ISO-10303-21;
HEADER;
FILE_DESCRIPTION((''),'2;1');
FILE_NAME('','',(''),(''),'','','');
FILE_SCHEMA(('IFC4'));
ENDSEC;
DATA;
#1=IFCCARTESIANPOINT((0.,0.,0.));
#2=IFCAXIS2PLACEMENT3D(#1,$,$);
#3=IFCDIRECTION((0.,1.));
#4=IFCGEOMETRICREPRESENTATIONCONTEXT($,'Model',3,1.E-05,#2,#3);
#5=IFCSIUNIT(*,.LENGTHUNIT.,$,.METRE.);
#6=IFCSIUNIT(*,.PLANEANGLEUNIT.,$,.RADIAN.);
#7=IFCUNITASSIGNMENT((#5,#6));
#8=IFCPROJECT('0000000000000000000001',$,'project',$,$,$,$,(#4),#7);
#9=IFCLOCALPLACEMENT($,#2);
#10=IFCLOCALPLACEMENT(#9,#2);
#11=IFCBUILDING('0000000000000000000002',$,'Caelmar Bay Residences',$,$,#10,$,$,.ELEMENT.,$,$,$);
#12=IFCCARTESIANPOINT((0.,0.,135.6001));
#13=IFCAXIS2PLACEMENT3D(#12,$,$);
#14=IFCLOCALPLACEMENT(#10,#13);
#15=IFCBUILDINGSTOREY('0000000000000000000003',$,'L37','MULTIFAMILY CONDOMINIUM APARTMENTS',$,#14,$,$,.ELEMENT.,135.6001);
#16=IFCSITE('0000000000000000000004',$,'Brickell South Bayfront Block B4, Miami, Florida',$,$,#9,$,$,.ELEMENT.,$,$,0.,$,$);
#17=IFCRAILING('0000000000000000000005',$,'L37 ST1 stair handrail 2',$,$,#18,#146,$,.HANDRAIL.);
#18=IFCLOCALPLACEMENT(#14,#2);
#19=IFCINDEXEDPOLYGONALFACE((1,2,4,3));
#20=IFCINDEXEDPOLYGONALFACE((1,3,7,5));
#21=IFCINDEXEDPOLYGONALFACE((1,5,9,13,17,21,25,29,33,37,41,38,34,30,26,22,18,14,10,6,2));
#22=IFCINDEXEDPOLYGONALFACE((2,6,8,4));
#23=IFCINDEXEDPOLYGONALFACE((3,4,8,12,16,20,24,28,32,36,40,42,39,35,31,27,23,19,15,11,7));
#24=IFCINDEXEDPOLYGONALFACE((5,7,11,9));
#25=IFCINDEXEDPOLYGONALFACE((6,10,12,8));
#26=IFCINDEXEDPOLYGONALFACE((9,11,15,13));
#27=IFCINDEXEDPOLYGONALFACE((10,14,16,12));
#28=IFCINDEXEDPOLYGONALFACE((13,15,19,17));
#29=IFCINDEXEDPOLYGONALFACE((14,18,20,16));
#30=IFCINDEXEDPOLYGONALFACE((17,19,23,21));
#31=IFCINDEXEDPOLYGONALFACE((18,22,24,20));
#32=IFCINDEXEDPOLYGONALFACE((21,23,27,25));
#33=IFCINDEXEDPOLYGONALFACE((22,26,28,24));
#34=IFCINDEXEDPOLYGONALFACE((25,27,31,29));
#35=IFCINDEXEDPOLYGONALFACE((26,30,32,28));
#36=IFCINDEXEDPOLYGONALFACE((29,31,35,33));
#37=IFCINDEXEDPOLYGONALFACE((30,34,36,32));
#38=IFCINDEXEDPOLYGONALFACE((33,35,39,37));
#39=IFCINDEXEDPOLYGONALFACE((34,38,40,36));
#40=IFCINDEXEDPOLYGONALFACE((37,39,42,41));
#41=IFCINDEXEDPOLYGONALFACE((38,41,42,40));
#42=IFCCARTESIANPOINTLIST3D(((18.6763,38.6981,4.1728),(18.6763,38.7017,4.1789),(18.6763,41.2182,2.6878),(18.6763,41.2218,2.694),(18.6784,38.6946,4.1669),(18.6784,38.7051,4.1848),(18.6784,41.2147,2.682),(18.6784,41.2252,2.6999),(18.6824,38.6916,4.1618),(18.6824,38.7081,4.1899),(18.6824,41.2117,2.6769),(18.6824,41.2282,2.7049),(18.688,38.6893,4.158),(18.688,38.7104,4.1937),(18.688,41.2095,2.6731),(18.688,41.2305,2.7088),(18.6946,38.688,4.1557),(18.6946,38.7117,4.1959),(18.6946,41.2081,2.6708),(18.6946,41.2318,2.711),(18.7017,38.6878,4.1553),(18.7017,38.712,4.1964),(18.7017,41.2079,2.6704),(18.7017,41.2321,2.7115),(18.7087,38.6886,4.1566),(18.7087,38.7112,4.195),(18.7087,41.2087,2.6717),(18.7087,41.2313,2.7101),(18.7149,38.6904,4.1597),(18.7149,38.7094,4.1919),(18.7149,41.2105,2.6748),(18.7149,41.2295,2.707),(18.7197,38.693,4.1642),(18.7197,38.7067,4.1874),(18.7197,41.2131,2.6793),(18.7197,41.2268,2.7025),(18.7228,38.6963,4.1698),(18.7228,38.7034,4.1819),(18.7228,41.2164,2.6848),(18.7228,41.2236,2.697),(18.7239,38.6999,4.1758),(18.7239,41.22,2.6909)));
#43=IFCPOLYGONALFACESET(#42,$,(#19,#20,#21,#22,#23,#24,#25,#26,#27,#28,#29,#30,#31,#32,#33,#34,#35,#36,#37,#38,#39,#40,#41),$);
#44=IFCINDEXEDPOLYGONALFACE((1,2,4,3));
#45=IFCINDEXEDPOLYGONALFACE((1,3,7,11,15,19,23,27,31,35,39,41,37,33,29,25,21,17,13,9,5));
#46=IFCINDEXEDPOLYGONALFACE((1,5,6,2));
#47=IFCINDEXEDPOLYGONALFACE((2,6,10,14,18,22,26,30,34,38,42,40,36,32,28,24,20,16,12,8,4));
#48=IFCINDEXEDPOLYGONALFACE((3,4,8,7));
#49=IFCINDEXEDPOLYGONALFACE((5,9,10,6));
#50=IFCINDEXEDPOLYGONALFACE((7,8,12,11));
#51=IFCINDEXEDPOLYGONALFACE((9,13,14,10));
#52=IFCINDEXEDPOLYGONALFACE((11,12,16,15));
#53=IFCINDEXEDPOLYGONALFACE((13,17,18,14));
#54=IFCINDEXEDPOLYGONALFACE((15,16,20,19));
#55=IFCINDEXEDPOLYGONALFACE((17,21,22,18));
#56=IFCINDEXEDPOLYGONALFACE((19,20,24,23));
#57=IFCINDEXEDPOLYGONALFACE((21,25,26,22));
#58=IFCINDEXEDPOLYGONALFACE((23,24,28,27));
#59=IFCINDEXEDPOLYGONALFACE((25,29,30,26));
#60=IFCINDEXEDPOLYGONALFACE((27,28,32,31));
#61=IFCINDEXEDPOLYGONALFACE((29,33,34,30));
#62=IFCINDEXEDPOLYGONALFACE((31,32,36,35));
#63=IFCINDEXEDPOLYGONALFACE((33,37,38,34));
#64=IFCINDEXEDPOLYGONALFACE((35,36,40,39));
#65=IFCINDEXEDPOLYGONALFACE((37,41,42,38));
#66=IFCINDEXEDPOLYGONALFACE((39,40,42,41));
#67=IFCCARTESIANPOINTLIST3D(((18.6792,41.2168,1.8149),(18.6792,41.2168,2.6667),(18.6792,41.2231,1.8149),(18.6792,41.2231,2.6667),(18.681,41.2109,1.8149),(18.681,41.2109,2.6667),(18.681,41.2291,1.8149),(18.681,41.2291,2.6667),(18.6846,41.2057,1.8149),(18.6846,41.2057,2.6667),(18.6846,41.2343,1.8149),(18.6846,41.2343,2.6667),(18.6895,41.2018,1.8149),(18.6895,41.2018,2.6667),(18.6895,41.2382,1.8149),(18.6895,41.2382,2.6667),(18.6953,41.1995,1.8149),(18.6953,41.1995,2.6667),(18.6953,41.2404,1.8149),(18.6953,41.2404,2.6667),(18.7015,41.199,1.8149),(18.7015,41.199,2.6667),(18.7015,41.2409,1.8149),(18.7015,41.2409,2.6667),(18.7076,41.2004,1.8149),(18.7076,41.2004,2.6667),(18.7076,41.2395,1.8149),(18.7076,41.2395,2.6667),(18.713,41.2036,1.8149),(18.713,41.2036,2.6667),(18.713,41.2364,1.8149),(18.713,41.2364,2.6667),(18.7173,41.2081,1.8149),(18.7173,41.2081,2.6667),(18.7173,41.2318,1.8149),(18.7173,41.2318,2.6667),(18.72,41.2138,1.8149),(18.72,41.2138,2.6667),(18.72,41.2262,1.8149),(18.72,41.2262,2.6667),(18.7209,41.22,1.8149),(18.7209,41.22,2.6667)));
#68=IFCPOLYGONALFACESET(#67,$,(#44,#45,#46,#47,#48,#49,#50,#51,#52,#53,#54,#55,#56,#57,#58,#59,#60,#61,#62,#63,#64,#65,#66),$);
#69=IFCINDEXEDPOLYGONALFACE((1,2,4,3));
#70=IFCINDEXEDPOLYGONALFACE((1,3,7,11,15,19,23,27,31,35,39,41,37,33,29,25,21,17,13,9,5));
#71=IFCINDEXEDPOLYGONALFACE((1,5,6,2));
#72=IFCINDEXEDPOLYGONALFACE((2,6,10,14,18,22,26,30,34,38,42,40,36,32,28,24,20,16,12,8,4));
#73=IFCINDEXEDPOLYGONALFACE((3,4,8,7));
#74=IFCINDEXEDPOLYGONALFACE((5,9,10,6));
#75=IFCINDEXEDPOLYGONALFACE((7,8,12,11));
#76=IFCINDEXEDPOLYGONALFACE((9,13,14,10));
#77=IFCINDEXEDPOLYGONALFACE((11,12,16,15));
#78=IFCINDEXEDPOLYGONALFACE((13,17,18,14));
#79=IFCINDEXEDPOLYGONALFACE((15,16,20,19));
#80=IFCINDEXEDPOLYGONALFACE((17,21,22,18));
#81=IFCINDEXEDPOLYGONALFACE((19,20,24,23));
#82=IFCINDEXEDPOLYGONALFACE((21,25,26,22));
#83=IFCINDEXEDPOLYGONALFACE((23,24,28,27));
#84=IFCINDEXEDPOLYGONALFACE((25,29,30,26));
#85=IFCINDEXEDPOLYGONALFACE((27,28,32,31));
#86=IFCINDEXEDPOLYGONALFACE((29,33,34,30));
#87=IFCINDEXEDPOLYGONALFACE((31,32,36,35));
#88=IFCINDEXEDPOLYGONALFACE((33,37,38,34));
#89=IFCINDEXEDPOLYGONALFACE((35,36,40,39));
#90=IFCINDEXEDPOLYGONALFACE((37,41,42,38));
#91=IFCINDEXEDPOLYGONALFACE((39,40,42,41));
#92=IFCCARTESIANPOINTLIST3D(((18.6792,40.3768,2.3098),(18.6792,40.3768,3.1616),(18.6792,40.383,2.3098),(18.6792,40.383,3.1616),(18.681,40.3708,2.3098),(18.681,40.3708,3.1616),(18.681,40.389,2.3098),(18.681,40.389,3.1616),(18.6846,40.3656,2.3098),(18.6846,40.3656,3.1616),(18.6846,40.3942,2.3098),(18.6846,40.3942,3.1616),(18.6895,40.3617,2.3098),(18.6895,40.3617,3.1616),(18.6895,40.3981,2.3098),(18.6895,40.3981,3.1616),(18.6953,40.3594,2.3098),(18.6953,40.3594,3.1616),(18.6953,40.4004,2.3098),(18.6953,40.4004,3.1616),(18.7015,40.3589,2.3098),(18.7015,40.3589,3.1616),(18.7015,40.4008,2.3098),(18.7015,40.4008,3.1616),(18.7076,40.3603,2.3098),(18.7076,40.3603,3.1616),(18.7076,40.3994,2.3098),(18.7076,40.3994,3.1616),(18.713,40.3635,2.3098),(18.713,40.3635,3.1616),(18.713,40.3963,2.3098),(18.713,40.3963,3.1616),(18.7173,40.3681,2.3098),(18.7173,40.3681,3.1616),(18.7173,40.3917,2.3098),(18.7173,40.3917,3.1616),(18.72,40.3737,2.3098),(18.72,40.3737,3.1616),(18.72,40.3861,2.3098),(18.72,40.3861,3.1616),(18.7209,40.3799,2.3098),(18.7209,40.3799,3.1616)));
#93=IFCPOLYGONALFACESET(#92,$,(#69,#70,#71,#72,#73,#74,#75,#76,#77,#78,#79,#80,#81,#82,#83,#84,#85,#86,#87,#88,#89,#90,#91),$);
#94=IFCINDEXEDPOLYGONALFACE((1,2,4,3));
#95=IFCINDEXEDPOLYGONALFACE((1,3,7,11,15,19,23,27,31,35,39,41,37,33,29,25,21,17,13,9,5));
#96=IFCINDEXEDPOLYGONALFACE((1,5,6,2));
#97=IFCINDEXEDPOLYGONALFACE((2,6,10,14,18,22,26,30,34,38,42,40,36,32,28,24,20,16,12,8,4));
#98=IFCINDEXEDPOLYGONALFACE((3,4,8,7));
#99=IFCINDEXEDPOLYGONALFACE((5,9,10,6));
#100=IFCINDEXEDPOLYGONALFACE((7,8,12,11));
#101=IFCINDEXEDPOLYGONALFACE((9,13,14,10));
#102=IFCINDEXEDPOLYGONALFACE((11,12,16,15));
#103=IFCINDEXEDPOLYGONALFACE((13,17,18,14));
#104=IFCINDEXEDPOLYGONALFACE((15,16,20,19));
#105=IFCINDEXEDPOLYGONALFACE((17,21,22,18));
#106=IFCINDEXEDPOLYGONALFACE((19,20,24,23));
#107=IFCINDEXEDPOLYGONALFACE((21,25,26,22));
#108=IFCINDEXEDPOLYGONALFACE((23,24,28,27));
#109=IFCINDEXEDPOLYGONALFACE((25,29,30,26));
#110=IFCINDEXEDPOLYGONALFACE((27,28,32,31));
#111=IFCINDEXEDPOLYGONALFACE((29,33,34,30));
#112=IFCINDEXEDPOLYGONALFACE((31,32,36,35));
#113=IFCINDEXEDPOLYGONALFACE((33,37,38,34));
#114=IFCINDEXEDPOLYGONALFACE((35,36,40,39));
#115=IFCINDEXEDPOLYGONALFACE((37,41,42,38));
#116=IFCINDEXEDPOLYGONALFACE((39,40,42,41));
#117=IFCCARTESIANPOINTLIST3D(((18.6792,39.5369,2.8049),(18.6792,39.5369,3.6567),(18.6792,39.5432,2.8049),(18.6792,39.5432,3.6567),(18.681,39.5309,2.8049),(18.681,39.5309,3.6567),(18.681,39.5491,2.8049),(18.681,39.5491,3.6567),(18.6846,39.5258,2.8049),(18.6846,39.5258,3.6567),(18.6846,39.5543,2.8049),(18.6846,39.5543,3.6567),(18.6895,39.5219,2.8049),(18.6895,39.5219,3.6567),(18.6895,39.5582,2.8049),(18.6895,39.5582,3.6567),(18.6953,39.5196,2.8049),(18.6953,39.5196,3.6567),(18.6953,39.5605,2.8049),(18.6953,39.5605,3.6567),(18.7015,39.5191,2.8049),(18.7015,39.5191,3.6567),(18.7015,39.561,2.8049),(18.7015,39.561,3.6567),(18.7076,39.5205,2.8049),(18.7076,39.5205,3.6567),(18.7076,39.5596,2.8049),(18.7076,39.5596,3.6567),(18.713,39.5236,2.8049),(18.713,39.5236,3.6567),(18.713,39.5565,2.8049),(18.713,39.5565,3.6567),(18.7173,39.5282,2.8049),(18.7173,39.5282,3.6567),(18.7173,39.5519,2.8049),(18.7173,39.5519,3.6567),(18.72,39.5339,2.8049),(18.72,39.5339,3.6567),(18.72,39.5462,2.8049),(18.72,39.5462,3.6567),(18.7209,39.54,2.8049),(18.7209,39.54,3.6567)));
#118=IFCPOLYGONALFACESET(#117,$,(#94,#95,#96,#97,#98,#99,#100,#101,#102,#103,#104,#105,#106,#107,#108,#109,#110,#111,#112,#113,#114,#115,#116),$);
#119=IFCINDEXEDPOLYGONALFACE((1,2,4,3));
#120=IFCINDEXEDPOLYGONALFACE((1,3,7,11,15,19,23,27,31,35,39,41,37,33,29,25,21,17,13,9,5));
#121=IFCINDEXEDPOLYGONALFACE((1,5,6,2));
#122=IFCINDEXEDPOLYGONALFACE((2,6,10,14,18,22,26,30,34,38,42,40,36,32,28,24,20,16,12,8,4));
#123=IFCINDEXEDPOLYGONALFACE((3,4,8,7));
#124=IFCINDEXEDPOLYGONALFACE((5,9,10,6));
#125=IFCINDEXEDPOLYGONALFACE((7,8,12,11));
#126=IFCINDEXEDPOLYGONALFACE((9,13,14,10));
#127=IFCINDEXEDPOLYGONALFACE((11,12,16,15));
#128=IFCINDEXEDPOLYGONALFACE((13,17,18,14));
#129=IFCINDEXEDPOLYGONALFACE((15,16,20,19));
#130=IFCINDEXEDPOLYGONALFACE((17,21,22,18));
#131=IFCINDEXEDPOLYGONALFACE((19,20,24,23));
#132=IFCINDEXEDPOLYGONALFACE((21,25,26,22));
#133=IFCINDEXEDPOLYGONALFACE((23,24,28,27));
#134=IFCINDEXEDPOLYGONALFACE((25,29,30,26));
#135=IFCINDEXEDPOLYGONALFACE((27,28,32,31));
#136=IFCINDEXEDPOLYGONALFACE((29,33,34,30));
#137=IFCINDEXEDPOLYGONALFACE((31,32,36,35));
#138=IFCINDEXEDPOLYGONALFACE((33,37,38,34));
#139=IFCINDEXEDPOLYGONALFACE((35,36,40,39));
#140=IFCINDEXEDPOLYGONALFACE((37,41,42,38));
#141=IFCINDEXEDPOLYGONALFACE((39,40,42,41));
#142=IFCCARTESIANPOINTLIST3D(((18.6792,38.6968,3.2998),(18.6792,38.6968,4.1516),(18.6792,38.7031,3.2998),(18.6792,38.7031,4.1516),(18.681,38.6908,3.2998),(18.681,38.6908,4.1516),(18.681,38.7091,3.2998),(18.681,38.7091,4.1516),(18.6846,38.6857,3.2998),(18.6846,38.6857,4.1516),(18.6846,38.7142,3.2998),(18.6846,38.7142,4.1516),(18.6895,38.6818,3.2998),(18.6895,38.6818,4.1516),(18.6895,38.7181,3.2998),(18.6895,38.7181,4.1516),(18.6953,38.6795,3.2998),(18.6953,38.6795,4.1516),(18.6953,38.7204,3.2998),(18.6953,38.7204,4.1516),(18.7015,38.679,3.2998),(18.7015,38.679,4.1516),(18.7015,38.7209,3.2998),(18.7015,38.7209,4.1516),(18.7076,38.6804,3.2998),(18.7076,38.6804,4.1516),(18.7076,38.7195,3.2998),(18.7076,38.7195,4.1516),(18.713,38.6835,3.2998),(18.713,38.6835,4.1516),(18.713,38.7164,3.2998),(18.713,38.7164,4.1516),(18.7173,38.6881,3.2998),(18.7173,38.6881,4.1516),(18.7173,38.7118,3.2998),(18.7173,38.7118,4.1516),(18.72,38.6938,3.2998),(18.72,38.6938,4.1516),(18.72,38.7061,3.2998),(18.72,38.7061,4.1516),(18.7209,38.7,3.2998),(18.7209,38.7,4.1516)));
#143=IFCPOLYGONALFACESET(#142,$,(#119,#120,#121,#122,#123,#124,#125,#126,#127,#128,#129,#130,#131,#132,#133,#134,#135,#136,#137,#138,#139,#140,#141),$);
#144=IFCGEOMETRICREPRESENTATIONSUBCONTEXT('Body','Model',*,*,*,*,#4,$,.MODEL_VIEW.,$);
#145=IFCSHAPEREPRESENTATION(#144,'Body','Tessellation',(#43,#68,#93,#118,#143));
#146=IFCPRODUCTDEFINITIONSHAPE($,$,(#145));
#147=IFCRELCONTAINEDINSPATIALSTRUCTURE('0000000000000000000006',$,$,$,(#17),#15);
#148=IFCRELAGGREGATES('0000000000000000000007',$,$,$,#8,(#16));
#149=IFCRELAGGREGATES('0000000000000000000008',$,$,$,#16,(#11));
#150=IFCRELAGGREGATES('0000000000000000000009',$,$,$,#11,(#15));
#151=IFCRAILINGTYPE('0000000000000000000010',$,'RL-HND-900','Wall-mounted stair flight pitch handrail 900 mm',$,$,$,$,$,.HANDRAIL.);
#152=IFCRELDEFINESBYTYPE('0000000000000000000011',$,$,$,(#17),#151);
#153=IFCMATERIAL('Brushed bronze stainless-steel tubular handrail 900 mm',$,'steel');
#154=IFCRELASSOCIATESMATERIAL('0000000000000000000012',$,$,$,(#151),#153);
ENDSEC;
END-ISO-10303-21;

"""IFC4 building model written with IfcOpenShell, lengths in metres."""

from ifc_helpers import new_model, si_unit, direction, frame, origin, origin_2d, place, context, subcontext, project, spatial, circle, extrude, material, type_object, element, save


model = new_model("IFC4")

# Units and contexts
model_context = context("Model", 3, precision=1e-05, world=origin(), true_north=direction((0.0, 1.0)))
body_context = subcontext(model_context, "Body", "Model", "MODEL_VIEW")
ifc_project = project(units=[si_unit("LENGTHUNIT", "METRE"), si_unit("PLANEANGLEUNIT", "RADIAN")], contexts=[model_context])

# Site, building, storey
site_placement = place(None, origin())
site = spatial("IfcSite", under=ifc_project, at=site_placement, Name="Brickell South Bayfront Block B4, Miami, Florida", CompositionType="ELEMENT", RefElevation=0.0)
building_placement = place(site_placement, origin())
building = spatial("IfcBuilding", under=site, at=building_placement, Name="Caelmar Bay Residences", CompositionType="ELEMENT")
storey_placement = place(building_placement, frame((0.0, 0.0, 135.6001)))
storey = spatial("IfcBuildingStorey", under=building, at=storey_placement, Name="L37", Description="MULTIFAMILY CONDOMINIUM APARTMENTS", CompositionType="ELEMENT", Elevation=135.6001)

# Railing
ifc_material_1 = material(Name="Brushed bronze stainless-steel tubular handrail 900 mm", Category="steel")
railing_type_1 = type_object("IfcRailingType", Name="RL-HND-900", Description="Wall-mounted stair flight pitch handrail 900 mm", PredefinedType="HANDRAIL", material=ifc_material_1)
railing_1_placement = place(storey_placement, frame((18.7, 41.22, 1.8149)))
element("IfcRailing", 1, at=railing_1_placement, inside=storey, type_object=railing_type_1, Name="L37 ST1 stair handrail 2", PredefinedType="HANDRAIL", context=body_context, shape_type="SweptSolid", body=[
    extrude(circle(Radius=0.0239, at=origin_2d()), frame((0.0, 0.0, 0.876), z_axis=(0.0, -0.861561, 0.507655), x_axis=(1.0, 0.0, 0.0)), (0.0, 0.0, 1.0), 2.925),
    extrude(circle(Radius=0.021, at=origin_2d()), origin(), (0.0, 0.0, 1.0), 0.8518),
    extrude(circle(Radius=0.021, at=origin_2d()), frame((0.0, -0.8401, 0.4949)), (0.0, 0.0, 1.0), 0.8518),
    extrude(circle(Radius=0.021, at=origin_2d()), frame((0.0, -1.6799, 0.99)), (0.0, 0.0, 1.0), 0.8518),
    extrude(circle(Radius=0.021, at=origin_2d()), frame((0.0, -2.52, 1.4849)), (0.0, 0.0, 1.0), 0.8518),
])

save(model, "model.ifc")
